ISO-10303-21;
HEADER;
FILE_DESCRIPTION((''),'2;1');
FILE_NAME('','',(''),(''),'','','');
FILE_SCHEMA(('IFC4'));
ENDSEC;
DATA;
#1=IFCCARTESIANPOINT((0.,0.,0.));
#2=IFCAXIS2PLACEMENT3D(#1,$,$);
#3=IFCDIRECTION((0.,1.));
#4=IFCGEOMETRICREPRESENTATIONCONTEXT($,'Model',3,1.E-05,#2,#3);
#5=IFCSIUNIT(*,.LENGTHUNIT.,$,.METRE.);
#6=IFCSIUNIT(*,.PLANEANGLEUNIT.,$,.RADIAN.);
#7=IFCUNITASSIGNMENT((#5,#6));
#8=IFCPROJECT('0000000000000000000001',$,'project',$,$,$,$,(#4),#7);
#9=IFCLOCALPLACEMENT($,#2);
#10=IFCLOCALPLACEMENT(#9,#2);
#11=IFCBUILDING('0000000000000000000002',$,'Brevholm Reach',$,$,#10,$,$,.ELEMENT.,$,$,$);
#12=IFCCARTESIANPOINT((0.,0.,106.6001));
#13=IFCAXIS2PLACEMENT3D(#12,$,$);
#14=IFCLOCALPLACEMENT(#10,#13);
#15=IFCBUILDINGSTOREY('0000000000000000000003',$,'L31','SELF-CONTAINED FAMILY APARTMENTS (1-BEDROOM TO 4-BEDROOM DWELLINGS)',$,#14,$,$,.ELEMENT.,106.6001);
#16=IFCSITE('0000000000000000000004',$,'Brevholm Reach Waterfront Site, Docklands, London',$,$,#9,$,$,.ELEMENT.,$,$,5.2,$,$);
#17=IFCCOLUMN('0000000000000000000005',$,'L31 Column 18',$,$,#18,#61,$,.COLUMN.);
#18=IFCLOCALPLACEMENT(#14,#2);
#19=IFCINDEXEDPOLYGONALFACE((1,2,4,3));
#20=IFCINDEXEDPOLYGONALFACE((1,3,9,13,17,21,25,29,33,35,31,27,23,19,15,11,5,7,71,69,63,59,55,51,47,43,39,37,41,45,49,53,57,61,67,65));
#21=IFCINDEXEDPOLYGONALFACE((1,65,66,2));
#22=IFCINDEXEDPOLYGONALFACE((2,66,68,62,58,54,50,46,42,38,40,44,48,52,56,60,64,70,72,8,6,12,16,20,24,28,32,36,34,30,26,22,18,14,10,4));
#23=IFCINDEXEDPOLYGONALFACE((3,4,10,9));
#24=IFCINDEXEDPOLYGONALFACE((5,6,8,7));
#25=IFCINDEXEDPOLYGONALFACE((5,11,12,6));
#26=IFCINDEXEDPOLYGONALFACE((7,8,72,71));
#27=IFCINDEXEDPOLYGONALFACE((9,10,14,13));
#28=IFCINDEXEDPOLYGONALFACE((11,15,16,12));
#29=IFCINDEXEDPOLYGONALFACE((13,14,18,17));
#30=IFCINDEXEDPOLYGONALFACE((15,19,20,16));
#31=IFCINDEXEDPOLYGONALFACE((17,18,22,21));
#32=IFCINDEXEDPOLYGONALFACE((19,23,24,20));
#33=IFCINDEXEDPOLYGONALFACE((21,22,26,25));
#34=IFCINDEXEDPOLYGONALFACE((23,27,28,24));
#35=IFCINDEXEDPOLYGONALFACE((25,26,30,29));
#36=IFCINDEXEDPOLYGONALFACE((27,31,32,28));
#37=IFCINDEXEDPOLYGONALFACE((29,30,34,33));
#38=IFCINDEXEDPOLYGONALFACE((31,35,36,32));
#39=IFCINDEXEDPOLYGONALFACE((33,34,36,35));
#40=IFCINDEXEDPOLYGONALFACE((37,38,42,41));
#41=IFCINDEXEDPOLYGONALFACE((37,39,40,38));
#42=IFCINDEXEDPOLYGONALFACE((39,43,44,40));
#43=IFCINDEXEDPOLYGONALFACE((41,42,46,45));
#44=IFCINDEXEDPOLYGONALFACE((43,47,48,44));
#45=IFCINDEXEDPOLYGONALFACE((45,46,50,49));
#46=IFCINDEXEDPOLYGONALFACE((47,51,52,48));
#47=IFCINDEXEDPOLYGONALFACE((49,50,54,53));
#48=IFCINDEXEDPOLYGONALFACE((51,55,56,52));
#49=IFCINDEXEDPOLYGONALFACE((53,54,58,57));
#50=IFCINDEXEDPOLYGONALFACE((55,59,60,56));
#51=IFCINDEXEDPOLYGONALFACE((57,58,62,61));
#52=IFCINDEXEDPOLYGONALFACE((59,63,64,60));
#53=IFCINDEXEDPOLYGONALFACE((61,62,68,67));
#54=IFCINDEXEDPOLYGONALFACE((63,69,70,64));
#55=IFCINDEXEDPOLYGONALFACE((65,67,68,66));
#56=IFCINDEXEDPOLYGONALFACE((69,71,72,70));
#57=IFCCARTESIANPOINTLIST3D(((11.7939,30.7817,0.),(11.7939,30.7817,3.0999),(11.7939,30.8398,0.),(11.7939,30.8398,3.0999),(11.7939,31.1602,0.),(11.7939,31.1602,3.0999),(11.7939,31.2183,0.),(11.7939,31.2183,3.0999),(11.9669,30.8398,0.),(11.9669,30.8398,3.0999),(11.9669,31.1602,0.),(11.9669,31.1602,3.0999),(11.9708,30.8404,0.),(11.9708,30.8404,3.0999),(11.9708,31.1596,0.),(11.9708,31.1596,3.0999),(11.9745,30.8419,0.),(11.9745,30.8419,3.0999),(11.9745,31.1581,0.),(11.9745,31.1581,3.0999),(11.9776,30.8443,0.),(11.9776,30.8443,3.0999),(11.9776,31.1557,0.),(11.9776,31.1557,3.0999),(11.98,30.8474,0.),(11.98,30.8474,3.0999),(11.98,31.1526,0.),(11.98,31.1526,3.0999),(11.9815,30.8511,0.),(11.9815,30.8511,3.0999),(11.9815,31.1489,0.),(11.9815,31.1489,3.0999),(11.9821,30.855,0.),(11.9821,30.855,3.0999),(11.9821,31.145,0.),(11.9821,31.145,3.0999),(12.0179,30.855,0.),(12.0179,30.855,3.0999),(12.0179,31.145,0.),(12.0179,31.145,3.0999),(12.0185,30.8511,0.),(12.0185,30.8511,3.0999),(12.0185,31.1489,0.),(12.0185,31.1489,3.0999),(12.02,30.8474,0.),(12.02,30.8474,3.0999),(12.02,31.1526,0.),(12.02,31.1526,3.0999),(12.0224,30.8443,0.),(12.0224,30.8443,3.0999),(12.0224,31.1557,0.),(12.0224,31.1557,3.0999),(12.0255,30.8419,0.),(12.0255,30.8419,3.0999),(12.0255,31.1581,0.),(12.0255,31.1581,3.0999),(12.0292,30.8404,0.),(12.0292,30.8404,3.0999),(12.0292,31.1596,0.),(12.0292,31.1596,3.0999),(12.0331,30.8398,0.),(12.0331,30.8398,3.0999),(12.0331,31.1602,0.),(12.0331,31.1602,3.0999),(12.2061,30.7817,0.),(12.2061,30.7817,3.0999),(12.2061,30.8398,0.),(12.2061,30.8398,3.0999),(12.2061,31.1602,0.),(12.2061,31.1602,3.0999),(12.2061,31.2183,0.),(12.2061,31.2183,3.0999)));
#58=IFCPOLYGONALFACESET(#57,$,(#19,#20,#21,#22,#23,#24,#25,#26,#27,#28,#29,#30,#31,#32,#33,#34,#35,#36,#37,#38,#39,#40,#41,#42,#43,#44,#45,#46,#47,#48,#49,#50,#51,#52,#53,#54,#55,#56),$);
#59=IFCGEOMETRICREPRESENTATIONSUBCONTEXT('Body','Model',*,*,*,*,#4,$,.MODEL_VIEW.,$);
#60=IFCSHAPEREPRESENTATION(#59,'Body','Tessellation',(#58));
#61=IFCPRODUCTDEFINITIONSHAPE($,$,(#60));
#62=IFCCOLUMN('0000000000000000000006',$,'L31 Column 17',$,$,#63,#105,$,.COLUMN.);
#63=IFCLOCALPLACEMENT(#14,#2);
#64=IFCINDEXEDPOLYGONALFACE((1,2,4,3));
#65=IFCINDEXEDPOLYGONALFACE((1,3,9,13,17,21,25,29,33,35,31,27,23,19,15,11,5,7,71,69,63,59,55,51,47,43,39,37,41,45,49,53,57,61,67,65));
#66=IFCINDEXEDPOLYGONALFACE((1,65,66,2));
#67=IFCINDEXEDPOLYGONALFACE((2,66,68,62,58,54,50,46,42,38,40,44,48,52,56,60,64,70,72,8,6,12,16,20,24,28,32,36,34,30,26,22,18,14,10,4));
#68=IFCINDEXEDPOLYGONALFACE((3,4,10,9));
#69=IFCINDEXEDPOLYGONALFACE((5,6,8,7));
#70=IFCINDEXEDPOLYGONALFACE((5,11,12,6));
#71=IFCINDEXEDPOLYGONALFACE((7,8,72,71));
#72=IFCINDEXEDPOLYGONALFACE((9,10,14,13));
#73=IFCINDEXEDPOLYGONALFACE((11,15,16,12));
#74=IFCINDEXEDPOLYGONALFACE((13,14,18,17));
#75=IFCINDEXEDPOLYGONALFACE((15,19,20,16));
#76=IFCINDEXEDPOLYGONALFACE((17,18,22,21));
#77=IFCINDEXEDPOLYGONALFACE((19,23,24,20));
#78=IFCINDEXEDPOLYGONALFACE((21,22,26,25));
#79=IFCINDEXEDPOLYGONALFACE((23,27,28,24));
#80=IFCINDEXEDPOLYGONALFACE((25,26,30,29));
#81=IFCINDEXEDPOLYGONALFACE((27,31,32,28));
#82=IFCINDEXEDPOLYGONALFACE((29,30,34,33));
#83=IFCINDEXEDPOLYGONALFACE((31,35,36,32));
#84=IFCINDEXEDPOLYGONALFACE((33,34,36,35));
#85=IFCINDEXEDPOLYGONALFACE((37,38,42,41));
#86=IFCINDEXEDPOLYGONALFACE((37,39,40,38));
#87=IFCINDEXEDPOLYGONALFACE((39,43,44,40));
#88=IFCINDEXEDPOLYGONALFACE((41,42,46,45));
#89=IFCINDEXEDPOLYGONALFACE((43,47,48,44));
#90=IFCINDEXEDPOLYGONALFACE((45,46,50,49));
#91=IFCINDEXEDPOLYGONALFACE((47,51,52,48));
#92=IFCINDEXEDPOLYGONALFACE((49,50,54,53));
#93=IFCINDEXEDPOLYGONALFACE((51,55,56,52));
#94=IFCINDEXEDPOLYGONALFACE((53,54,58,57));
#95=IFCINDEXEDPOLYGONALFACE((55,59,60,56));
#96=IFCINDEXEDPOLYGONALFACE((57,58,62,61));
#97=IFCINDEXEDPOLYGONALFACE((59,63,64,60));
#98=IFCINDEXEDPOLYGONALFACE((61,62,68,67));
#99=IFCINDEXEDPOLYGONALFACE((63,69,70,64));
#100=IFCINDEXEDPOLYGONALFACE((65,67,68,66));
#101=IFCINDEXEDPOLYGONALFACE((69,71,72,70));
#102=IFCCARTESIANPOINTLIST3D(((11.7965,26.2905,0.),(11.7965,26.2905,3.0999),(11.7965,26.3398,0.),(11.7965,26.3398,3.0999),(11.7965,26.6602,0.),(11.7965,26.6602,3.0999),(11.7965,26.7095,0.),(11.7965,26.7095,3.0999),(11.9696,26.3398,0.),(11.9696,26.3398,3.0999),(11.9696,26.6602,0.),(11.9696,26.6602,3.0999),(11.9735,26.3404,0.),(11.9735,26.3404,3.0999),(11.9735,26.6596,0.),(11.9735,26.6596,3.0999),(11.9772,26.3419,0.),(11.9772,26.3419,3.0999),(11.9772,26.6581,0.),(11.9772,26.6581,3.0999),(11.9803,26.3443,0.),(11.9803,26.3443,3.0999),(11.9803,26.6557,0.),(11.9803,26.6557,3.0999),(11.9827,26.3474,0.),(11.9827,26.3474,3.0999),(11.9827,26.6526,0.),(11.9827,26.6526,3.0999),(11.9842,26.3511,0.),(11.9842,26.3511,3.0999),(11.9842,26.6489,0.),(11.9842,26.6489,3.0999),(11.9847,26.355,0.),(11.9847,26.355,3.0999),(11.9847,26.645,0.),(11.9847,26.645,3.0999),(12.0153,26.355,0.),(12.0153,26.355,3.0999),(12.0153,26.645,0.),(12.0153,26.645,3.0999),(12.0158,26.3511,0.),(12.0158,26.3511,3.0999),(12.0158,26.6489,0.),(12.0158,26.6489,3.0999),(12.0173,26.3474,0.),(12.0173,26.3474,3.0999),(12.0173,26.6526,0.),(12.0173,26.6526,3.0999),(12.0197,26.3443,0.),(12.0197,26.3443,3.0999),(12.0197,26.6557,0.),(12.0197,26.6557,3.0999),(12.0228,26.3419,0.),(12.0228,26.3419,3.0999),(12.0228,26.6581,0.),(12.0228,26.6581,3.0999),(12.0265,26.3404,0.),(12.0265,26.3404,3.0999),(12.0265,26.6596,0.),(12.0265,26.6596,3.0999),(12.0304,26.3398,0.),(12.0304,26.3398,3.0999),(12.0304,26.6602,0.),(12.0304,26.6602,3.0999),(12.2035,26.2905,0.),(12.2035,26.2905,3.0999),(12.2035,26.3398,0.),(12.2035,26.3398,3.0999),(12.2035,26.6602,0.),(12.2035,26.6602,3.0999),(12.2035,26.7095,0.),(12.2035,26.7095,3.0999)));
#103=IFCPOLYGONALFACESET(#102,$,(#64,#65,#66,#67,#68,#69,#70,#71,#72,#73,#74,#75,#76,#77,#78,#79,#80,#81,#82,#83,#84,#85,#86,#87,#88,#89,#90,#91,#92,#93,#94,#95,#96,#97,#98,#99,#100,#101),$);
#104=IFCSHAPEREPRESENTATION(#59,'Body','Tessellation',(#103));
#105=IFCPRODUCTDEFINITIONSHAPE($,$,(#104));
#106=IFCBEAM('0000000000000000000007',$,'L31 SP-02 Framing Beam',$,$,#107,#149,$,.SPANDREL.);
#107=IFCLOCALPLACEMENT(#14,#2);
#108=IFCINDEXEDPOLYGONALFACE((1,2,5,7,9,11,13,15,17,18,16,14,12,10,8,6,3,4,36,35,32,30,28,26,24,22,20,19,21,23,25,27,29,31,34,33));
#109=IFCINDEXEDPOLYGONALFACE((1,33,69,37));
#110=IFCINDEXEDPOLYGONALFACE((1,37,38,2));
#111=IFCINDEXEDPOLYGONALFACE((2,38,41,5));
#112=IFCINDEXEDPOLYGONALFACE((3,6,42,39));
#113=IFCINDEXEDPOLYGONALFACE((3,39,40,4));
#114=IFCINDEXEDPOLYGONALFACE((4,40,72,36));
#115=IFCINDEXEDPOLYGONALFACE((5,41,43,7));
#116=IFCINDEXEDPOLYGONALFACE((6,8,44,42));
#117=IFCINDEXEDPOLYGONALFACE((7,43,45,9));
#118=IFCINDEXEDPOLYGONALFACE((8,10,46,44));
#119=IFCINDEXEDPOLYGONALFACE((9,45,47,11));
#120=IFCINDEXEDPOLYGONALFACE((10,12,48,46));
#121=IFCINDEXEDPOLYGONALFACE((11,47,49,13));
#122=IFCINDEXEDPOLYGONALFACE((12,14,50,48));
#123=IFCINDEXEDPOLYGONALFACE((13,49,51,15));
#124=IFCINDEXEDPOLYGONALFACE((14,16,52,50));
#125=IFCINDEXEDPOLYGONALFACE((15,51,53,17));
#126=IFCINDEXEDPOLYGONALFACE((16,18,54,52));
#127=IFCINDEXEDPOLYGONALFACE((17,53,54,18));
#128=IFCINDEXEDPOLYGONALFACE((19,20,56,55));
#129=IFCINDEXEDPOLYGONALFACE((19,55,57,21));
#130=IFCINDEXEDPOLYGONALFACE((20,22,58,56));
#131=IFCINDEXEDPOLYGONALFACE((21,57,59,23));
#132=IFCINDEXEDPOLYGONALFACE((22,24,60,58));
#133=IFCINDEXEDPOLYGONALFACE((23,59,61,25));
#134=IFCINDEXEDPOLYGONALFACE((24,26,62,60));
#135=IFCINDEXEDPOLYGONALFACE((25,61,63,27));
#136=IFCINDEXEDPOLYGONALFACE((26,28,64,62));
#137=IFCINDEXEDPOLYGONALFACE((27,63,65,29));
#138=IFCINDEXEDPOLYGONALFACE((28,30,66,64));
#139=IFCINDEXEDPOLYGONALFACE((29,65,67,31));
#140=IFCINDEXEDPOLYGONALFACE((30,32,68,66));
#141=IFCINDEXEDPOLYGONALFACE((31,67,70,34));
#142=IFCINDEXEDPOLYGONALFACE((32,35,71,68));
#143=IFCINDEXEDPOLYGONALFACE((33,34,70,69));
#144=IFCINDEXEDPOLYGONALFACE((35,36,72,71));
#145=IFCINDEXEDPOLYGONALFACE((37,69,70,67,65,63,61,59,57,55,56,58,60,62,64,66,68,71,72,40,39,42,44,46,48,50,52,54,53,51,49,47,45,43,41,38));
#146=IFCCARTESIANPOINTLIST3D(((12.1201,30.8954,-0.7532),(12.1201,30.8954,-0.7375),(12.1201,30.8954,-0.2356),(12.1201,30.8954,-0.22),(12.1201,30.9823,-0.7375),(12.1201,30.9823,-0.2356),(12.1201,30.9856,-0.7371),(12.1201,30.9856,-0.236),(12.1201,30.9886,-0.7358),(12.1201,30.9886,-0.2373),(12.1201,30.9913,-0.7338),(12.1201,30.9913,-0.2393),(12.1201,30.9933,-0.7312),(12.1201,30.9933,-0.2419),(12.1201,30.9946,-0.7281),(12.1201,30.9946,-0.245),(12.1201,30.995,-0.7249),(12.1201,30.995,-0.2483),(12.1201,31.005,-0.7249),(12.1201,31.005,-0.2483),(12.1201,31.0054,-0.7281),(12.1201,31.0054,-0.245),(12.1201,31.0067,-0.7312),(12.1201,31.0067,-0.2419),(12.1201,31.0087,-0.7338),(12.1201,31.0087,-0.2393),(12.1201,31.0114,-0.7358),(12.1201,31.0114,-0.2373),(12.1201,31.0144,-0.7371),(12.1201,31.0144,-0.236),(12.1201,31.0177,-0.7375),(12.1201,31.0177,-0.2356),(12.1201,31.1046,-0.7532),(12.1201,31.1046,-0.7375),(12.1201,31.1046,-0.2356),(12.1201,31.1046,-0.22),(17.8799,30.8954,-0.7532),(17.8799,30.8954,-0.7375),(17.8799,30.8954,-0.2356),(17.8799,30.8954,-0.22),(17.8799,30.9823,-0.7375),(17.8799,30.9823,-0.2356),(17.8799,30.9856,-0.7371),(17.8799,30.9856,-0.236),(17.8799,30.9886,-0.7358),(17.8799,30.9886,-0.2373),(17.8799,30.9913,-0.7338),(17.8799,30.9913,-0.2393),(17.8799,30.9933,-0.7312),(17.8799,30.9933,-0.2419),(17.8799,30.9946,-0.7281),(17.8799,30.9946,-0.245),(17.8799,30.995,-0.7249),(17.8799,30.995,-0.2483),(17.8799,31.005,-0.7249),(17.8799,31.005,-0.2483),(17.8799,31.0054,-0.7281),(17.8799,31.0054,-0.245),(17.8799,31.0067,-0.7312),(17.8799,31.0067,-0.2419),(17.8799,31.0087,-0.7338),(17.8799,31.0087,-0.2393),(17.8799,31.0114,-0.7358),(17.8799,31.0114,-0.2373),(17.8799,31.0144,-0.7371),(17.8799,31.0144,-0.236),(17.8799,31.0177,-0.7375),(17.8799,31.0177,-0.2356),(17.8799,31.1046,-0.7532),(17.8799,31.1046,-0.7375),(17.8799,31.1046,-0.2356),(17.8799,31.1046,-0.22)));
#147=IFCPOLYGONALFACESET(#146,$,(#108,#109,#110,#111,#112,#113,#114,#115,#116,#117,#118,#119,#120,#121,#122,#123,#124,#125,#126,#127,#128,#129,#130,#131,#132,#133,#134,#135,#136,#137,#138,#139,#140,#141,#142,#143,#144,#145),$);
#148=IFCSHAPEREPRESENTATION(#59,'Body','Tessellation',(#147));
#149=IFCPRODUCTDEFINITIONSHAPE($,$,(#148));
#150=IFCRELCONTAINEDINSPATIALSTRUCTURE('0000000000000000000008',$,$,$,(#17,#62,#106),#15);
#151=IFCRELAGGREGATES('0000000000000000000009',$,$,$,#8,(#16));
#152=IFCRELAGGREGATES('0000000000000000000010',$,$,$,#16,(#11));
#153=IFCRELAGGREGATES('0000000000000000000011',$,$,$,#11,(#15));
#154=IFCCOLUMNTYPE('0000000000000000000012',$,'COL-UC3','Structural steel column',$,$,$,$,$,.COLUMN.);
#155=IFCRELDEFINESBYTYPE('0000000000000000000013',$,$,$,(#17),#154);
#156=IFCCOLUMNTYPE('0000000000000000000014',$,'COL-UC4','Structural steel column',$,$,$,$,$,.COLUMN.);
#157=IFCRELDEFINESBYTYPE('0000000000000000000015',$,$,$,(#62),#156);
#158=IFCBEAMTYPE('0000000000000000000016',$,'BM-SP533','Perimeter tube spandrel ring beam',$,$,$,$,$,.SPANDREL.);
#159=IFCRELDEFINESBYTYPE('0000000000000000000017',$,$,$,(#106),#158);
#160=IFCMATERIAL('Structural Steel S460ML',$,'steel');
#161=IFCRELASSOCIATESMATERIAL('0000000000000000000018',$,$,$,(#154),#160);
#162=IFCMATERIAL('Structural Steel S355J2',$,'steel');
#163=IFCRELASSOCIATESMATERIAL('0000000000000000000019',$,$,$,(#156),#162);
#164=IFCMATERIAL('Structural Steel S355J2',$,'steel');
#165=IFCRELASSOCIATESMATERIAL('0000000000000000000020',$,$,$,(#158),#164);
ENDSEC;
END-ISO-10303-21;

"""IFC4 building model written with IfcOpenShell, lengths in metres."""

from ifc_helpers import new_model, si_unit, direction, frame, origin, origin_2d, place, context, subcontext, project, spatial, i_section, extrude, material, material_profile, profile_set, type_object, element, save


model = new_model("IFC4")

# Units and contexts
model_context = context("Model", 3, precision=1e-05, world=origin(), true_north=direction((0.0, 1.0)))
body_context = subcontext(model_context, "Body", "Model", "MODEL_VIEW")
ifc_project = project(units=[si_unit("LENGTHUNIT", "METRE"), si_unit("PLANEANGLEUNIT", "RADIAN")], contexts=[model_context])

# Site, building, storey
site_placement = place(None, origin())
site = spatial("IfcSite", under=ifc_project, at=site_placement, Name="Brevholm Reach Waterfront Site, Docklands, London", CompositionType="ELEMENT", RefElevation=5.2)
building_placement = place(site_placement, origin())
building = spatial("IfcBuilding", under=site, at=building_placement, Name="Brevholm Reach", CompositionType="ELEMENT")
storey_placement = place(building_placement, frame((0.0, 0.0, 106.6001)))
storey = spatial("IfcBuildingStorey", under=building, at=storey_placement, Name="L31", Description="SELF-CONTAINED FAMILY APARTMENTS (1-BEDROOM TO 4-BEDROOM DWELLINGS)", CompositionType="ELEMENT", Elevation=106.6001)

# Columns
ifc_material_1 = material(Name="Structural Steel S460ML", Category="steel")
ifc_material_profile_1 = material_profile(ifc_material_1, i_section(OverallWidth=0.4121, OverallDepth=0.4365, WebThickness=0.0359, FlangeThickness=0.0581, FilletRadius=0.0151, at=origin_2d()), Name="UKC 356x406x467")
ifc_profile_set_1 = profile_set([ifc_material_profile_1], Name="Structural Steel S460ML")
column_type_1 = type_object("IfcColumnType", Name="COL-UC3", Description="Structural steel column", PredefinedType="COLUMN", material=ifc_profile_set_1)
column_1_placement = place(storey_placement, frame((12.0, 31.0, 0.0), z_axis=(0.0, 0.0, 1.0), x_axis=(1.0, 0.0, 0.0)))
element("IfcColumn", 1, at=column_1_placement, inside=storey, type_object=column_type_1, Name="L31 Column 18", PredefinedType="COLUMN", context=body_context, shape_type="SweptSolid", body=[
    extrude(i_section(OverallWidth=0.4121, OverallDepth=0.4365, WebThickness=0.0359, FlangeThickness=0.0581, FilletRadius=0.0151, at=origin_2d()), origin(), (0.0, 0.0, 1.0), 3.0999),
])
ifc_material_2 = material(Name="Structural Steel S355J2", Category="steel")
ifc_material_profile_2 = material_profile(ifc_material_2, i_section(OverallWidth=0.407, OverallDepth=0.4189, WebThickness=0.0305, FlangeThickness=0.0493, FilletRadius=0.0151, at=origin_2d()), Name="UKC 356x406x393")
ifc_profile_set_2 = profile_set([ifc_material_profile_2], Name="Structural Steel S355J2")
column_type_2 = type_object("IfcColumnType", Name="COL-UC4", Description="Structural steel column", PredefinedType="COLUMN", material=ifc_profile_set_2)
column_2_placement = place(storey_placement, frame((12.0, 26.5, 0.0), z_axis=(0.0, 0.0, 1.0), x_axis=(1.0, 0.0, 0.0)))
element("IfcColumn", 2, at=column_2_placement, inside=storey, type_object=column_type_2, Name="L31 Column 17", PredefinedType="COLUMN", context=body_context, shape_type="SweptSolid", body=[
    extrude(i_section(OverallWidth=0.407, OverallDepth=0.4189, WebThickness=0.0305, FlangeThickness=0.0493, FilletRadius=0.0151, at=origin_2d()), origin(), (0.0, 0.0, 1.0), 3.0999),
])

# Beam
ifc_material_3 = material(Name="Structural Steel S355J2", Category="steel")
ifc_material_profile_3 = material_profile(ifc_material_3, i_section(OverallWidth=0.2092, OverallDepth=0.5332, WebThickness=0.01, FlangeThickness=0.0156, FilletRadius=0.0127, at=origin_2d()), Name="UKB 533x210x92")
ifc_profile_set_3 = profile_set([ifc_material_profile_3], Name="Structural Steel S355J2")
beam_type_1 = type_object("IfcBeamType", Name="BM-SP533", Description="Perimeter tube spandrel ring beam", PredefinedType="SPANDREL", material=ifc_profile_set_3)
beam_1_placement = place(storey_placement, frame((12.1201, 31.0, -0.4866), z_axis=(1.0, 0.0, 0.0), x_axis=(0.0, 1.0, 0.0)))
element("IfcBeam", 3, at=beam_1_placement, inside=storey, type_object=beam_type_1, Name="L31 SP-02 Framing Beam", PredefinedType="SPANDREL", context=body_context, shape_type="SweptSolid", body=[
    extrude(i_section(OverallWidth=0.2092, OverallDepth=0.5332, WebThickness=0.01, FlangeThickness=0.0156, FilletRadius=0.0127, at=origin_2d()), origin(), (0.0, 0.0, 1.0), 5.7598),
])

save(model, "model.ifc")
